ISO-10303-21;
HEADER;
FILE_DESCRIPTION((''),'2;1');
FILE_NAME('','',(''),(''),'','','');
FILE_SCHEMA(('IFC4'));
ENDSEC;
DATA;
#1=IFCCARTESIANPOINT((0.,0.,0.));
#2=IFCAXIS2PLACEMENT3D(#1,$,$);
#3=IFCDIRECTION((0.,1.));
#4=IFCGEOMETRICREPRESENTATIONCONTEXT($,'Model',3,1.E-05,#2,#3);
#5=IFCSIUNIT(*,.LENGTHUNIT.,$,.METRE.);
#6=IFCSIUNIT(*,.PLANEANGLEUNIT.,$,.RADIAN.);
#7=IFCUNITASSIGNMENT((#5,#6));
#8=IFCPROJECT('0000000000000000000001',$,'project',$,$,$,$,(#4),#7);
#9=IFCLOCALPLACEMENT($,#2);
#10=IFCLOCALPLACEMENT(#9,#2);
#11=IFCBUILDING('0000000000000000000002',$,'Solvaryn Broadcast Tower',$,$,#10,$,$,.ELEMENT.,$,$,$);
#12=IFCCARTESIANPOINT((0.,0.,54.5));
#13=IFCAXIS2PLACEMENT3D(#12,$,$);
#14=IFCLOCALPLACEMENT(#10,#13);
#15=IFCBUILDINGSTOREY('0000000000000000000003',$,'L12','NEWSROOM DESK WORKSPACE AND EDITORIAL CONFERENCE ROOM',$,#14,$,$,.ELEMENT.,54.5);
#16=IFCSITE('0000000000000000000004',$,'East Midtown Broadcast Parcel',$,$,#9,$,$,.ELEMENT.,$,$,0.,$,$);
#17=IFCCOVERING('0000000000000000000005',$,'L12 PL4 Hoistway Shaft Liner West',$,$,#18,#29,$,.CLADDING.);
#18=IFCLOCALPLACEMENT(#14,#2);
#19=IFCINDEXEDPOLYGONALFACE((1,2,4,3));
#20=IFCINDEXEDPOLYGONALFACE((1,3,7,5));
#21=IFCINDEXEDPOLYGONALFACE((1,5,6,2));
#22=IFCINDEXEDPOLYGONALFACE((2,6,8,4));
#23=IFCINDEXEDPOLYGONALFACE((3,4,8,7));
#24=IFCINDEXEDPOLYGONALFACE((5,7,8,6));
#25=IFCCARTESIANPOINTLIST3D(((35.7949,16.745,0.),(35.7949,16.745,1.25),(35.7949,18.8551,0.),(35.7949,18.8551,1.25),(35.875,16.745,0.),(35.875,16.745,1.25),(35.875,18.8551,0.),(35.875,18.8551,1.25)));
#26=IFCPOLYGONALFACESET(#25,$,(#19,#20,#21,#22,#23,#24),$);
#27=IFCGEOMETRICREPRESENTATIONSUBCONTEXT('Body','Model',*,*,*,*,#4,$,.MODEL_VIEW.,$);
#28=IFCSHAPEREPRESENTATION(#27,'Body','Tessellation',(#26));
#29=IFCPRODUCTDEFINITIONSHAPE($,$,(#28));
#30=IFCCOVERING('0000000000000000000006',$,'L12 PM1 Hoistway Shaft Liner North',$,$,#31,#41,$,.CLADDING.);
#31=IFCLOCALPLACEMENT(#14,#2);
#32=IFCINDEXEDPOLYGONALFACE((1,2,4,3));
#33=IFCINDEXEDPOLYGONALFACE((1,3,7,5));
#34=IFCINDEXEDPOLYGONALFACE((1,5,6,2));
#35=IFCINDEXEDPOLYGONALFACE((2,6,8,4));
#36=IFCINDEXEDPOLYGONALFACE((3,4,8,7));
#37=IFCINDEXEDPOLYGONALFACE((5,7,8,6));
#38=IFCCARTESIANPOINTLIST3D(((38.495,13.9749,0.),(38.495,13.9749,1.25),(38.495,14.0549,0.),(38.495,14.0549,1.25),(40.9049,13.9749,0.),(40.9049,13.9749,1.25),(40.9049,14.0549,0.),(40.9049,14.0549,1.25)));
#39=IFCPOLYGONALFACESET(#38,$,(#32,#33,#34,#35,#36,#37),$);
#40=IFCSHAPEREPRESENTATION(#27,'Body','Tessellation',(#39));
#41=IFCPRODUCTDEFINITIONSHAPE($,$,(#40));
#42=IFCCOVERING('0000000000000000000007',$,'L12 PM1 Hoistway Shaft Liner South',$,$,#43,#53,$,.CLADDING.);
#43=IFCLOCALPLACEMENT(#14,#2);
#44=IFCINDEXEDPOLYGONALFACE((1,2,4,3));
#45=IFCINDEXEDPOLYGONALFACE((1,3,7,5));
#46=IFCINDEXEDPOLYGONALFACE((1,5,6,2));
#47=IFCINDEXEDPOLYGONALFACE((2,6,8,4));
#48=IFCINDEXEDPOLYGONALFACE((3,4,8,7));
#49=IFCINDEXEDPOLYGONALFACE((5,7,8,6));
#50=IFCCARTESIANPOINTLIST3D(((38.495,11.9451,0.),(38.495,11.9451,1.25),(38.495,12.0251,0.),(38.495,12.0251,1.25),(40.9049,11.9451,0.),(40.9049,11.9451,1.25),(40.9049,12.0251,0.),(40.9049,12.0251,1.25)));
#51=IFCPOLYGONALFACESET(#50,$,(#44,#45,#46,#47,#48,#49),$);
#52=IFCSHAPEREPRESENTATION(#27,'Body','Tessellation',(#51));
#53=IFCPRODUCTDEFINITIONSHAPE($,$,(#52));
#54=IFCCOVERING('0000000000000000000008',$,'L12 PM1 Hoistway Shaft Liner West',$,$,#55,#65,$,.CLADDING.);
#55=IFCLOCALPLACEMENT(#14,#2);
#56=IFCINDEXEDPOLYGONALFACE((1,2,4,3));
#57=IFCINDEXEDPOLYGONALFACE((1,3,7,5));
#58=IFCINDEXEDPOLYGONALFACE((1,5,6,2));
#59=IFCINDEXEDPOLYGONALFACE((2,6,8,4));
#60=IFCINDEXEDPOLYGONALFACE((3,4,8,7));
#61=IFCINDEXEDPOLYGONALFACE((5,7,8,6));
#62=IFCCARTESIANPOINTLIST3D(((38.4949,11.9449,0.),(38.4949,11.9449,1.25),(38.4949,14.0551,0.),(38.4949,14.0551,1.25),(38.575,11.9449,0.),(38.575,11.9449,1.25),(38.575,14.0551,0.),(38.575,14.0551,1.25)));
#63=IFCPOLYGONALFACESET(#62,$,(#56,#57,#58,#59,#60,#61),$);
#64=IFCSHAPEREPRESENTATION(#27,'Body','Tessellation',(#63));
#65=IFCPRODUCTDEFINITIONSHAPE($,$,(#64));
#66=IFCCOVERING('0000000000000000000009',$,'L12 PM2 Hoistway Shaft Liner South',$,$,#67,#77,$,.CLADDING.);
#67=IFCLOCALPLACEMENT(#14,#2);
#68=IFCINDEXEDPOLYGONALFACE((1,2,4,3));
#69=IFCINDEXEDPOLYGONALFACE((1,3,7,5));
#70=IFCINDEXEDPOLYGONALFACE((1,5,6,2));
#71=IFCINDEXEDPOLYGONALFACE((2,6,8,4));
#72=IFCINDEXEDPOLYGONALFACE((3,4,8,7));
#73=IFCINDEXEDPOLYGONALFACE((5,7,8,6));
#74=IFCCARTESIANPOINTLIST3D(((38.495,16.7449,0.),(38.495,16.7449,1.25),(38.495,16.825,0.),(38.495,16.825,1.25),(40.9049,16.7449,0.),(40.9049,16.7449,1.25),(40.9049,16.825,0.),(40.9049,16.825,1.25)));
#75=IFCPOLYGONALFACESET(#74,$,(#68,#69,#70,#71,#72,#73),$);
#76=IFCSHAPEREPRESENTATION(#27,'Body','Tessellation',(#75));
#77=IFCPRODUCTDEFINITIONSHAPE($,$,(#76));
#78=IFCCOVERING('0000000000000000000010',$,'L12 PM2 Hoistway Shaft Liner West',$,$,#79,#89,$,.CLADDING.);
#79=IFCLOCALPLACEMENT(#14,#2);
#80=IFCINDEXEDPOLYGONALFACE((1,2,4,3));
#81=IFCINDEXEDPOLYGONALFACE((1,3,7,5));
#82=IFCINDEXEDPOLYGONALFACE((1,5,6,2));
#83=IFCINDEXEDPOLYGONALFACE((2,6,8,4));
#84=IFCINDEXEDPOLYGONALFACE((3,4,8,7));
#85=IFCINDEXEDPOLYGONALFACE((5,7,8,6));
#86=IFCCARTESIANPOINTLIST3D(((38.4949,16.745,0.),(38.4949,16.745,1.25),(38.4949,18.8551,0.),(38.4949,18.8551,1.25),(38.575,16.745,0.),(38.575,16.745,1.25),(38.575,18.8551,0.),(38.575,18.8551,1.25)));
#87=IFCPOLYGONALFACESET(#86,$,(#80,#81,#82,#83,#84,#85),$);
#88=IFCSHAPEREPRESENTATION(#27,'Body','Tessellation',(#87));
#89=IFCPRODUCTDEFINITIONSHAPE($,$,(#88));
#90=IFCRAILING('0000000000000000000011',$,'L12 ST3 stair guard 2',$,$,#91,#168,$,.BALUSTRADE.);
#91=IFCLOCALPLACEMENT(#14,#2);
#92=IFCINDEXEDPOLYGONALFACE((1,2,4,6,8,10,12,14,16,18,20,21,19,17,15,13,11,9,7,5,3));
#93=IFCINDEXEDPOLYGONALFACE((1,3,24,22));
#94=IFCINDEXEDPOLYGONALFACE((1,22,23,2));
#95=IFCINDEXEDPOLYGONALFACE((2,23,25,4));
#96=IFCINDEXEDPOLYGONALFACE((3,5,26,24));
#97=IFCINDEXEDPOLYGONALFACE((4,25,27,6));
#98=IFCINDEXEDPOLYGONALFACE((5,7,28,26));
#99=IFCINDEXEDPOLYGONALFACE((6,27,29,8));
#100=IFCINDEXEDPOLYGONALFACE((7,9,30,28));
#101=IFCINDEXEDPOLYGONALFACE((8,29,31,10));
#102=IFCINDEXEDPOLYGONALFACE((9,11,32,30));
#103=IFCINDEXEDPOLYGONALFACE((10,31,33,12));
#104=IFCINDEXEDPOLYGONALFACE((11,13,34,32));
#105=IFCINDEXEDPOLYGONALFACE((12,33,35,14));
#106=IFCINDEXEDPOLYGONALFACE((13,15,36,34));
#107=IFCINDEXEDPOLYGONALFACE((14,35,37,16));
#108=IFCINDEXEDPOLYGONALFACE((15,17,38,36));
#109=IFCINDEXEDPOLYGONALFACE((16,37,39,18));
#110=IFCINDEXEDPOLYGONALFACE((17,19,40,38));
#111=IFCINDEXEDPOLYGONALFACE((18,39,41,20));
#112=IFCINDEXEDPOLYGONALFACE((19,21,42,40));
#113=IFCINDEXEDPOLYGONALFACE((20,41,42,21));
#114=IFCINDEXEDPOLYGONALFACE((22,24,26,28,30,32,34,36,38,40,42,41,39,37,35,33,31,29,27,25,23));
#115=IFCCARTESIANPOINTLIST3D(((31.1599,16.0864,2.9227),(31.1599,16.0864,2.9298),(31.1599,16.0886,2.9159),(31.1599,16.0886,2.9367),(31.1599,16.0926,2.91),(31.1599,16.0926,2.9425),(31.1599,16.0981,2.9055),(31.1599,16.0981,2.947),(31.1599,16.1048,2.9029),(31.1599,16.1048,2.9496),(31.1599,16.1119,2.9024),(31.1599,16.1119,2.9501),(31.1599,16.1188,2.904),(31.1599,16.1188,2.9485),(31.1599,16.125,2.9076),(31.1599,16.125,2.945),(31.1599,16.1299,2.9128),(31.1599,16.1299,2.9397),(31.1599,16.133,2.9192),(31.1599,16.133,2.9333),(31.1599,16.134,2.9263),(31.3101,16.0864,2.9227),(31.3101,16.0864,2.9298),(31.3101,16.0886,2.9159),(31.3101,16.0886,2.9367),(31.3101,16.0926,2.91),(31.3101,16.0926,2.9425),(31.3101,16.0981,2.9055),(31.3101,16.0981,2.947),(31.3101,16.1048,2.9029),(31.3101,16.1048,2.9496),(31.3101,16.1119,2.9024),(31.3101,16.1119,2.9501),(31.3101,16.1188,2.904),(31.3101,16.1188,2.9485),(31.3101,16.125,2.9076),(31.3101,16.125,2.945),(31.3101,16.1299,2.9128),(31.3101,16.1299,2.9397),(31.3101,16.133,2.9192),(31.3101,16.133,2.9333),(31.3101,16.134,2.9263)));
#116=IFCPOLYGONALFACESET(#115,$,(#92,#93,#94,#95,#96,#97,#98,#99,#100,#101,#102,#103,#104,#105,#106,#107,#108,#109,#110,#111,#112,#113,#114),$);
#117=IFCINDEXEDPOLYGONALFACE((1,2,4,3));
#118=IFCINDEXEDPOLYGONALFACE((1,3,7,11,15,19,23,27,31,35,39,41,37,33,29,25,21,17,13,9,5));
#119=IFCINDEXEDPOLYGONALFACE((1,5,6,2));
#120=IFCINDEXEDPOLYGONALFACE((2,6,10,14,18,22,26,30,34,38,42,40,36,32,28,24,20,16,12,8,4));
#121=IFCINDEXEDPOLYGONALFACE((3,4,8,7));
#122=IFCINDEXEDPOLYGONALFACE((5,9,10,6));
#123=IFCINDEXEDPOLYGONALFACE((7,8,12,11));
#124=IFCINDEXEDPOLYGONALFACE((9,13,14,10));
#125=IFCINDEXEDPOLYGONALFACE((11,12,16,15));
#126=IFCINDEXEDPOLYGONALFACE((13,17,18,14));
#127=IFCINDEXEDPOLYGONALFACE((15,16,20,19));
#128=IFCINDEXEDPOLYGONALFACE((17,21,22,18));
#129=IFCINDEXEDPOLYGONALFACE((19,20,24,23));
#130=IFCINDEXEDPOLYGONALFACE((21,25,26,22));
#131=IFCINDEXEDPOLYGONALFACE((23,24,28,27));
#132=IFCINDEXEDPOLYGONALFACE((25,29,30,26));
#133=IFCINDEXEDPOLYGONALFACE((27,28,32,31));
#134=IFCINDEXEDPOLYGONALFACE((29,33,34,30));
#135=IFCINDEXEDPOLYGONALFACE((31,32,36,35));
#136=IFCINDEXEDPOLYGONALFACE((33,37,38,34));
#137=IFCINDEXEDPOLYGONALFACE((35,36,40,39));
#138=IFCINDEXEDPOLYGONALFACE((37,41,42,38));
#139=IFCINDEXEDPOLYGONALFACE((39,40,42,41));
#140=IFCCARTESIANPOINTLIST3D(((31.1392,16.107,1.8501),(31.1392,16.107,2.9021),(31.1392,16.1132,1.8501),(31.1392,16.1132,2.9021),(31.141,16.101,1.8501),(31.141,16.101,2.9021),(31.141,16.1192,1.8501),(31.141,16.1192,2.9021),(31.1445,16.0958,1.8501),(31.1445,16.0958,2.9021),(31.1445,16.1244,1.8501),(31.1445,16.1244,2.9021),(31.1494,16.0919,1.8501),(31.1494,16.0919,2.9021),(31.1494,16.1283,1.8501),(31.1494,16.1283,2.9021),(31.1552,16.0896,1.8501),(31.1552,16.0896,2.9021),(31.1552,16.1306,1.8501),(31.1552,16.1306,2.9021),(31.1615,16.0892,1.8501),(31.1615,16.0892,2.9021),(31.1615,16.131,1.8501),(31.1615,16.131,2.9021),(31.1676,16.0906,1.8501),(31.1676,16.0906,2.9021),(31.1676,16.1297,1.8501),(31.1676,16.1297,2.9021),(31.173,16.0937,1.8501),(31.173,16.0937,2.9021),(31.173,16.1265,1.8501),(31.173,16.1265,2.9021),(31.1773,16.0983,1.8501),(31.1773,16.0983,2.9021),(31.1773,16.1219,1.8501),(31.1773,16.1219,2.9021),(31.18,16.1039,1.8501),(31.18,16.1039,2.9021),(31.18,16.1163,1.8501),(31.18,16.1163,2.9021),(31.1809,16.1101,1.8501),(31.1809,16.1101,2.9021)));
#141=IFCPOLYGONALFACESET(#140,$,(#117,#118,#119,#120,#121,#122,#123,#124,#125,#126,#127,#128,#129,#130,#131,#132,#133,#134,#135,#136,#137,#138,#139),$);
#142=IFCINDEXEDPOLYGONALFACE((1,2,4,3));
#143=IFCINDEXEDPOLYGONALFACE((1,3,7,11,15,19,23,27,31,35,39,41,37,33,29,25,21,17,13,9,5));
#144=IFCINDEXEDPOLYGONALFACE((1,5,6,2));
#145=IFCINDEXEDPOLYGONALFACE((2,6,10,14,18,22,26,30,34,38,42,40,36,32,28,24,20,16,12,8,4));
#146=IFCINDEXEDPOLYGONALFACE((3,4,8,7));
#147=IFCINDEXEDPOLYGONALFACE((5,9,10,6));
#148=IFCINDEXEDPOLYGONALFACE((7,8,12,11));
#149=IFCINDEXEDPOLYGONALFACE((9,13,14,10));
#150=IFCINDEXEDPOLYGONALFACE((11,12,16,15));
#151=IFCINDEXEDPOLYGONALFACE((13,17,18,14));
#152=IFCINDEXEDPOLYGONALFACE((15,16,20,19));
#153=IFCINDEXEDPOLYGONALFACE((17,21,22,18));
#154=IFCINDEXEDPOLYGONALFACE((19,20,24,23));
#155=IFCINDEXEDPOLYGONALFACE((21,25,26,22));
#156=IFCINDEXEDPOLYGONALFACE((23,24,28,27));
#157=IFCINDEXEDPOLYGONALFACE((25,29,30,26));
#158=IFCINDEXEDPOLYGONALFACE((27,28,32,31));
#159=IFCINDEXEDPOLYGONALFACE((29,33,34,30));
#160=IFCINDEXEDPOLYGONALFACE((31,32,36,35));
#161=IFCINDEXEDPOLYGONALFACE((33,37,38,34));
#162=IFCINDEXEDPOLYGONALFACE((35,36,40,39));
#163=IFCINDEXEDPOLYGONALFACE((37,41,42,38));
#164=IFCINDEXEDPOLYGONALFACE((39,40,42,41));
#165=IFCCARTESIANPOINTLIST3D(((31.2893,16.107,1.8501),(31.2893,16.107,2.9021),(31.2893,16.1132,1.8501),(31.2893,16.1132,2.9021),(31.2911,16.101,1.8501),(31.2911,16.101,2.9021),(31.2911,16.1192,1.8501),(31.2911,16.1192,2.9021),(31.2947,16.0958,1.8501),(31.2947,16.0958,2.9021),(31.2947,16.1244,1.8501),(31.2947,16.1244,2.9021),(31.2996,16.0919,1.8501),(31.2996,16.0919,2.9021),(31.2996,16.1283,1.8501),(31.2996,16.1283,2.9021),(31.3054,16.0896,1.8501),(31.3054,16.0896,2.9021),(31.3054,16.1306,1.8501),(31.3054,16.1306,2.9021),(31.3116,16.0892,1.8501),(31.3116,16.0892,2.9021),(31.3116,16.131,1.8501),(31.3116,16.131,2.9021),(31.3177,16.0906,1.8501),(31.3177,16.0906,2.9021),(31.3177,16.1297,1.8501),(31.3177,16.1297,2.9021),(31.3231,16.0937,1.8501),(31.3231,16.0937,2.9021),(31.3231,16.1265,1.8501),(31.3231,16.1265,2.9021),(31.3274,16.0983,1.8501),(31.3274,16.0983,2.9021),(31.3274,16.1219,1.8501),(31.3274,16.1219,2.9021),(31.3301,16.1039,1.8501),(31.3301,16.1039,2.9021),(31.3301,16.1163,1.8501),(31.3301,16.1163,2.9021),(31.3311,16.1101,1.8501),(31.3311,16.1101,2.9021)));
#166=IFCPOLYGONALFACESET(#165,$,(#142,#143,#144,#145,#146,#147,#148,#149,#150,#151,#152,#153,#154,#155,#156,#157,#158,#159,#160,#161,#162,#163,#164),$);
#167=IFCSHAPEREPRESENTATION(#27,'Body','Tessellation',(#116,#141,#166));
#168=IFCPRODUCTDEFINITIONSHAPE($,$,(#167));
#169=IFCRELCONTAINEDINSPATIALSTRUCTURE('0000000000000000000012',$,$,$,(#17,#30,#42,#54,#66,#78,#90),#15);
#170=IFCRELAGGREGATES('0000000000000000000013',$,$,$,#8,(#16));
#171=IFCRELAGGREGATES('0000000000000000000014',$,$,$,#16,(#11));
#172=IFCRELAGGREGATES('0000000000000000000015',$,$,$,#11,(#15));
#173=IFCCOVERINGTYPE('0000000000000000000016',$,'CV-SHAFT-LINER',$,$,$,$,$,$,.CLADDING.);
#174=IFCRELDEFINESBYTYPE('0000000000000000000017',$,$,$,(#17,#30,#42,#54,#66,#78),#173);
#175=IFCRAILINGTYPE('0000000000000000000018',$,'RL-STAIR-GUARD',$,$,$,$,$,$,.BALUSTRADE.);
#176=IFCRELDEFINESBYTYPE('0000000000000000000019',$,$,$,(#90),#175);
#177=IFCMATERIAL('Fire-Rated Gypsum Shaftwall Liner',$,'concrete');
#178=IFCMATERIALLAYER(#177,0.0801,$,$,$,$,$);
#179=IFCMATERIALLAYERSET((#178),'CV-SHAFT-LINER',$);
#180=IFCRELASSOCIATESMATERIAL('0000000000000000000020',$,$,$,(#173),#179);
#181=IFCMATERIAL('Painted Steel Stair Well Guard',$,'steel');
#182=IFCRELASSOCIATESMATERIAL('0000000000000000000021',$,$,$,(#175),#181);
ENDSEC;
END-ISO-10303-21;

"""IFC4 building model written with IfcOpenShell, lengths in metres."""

from ifc_helpers import new_model, si_unit, direction, frame, origin, origin_2d, place, context, subcontext, project, spatial, rectangle, circle, extrude, material, layer, layer_set, type_object, element, save


model = new_model("IFC4")

# Units and contexts
model_context = context("Model", 3, precision=1e-05, world=origin(), true_north=direction((0.0, 1.0)))
body_context = subcontext(model_context, "Body", "Model", "MODEL_VIEW")
ifc_project = project(units=[si_unit("LENGTHUNIT", "METRE"), si_unit("PLANEANGLEUNIT", "RADIAN")], contexts=[model_context])

# Site, building, storey
site_placement = place(None, origin())
site = spatial("IfcSite", under=ifc_project, at=site_placement, Name="East Midtown Broadcast Parcel", CompositionType="ELEMENT", RefElevation=0.0)
building_placement = place(site_placement, origin())
building = spatial("IfcBuilding", under=site, at=building_placement, Name="Solvaryn Broadcast Tower", CompositionType="ELEMENT")
storey_placement = place(building_placement, frame((0.0, 0.0, 54.5)))
storey = spatial("IfcBuildingStorey", under=building, at=storey_placement, Name="L12", Description="NEWSROOM DESK WORKSPACE AND EDITORIAL CONFERENCE ROOM", CompositionType="ELEMENT", Elevation=54.5)

# Coverings
ifc_material_1 = material(Name="Fire-Rated Gypsum Shaftwall Liner", Category="concrete")
ifc_layer_1 = layer(ifc_material_1, 0.0801)
ifc_layer_set_1 = layer_set([ifc_layer_1], Name="CV-SHAFT-LINER")
covering_type = type_object("IfcCoveringType", Name="CV-SHAFT-LINER", PredefinedType="CLADDING", material=ifc_layer_set_1)
for number, where, z_axis, x_axis, name in (
    (1, (35.835, 17.8, 0.0), (0.0, 0.0, 1.0), (1.0, 0.0, 0.0), "L12 PL4 Hoistway Shaft Liner West"),
):
    element("IfcCovering", number, at=place(storey_placement, frame(where, z_axis=z_axis, x_axis=x_axis)), inside=storey, type_object=covering_type, Name=name, PredefinedType="CLADDING", context=body_context, shape_type="SweptSolid", body=[
        extrude(rectangle(XDim=0.0801, YDim=2.1101, at=origin_2d()), origin(), (0.0, 0.0, 1.0), 1.25),
    ])
for number, where, z_axis, x_axis, name in (
    (2, (39.7, 14.0149, 0.0), (0.0, 0.0, 1.0), (1.0, 0.0, 0.0), "L12 PM1 Hoistway Shaft Liner North"),
    (3, (39.7, 11.9851, 0.0), (0.0, 0.0, 1.0), (1.0, 0.0, 0.0), "L12 PM1 Hoistway Shaft Liner South"),
):
    element("IfcCovering", number, at=place(storey_placement, frame(where, z_axis=z_axis, x_axis=x_axis)), inside=storey, type_object=covering_type, Name=name, PredefinedType="CLADDING", context=body_context, shape_type="SweptSolid", body=[
        extrude(rectangle(XDim=2.4099, YDim=0.0801, at=origin_2d()), origin(), (0.0, 0.0, 1.0), 1.25),
    ])
covering_1_placement = place(storey_placement, frame((38.5349, 13.0, 0.0), z_axis=(0.0, 0.0, 1.0), x_axis=(1.0, 0.0, 0.0)))
element("IfcCovering", 4, at=covering_1_placement, inside=storey, type_object=covering_type, Name="L12 PM1 Hoistway Shaft Liner West", PredefinedType="CLADDING", context=body_context, shape_type="SweptSolid", body=[
    extrude(rectangle(XDim=0.0801, YDim=2.1101, at=origin_2d()), origin(), (0.0, 0.0, 1.0), 1.25),
])
covering_2_placement = place(storey_placement, frame((39.7, 16.7849, 0.0), z_axis=(0.0, 0.0, 1.0), x_axis=(1.0, 0.0, 0.0)))
element("IfcCovering", 5, at=covering_2_placement, inside=storey, type_object=covering_type, Name="L12 PM2 Hoistway Shaft Liner South", PredefinedType="CLADDING", context=body_context, shape_type="SweptSolid", body=[
    extrude(rectangle(XDim=2.4099, YDim=0.0801, at=origin_2d()), origin(), (0.0, 0.0, 1.0), 1.25),
])
covering_3_placement = place(storey_placement, frame((38.5349, 17.8, 0.0), z_axis=(0.0, 0.0, 1.0), x_axis=(1.0, 0.0, 0.0)))
element("IfcCovering", 6, at=covering_3_placement, inside=storey, type_object=covering_type, Name="L12 PM2 Hoistway Shaft Liner West", PredefinedType="CLADDING", context=body_context, shape_type="SweptSolid", body=[
    extrude(rectangle(XDim=0.0801, YDim=2.1101, at=origin_2d()), origin(), (0.0, 0.0, 1.0), 1.25),
])

# Railing
ifc_material_2 = material(Name="Painted Steel Stair Well Guard", Category="steel")
railing_type_1 = type_object("IfcRailingType", Name="RL-STAIR-GUARD", PredefinedType="BALUSTRADE", material=ifc_material_2)
railing_1_placement = place(storey_placement, frame((31.1599, 16.1101, 1.8501)))
element("IfcRailing", 7, at=railing_1_placement, inside=storey, type_object=railing_type_1, Name="L12 ST3 stair guard 2", PredefinedType="BALUSTRADE", context=body_context, shape_type="SweptSolid", body=[
    extrude(circle(Radius=0.0239, at=origin_2d()), frame((0.0, 0.0, 1.0762), z_axis=(1.0, 0.0, 0.0), x_axis=(0.0, 1.0, 0.0)), (0.0, 0.0, 1.0), 0.1501),
    extrude(circle(Radius=0.021, at=origin_2d()), origin(), (0.0, 0.0, 1.0), 1.052),
    extrude(circle(Radius=0.021, at=origin_2d()), frame((0.1501, 0.0, 0.0)), (0.0, 0.0, 1.0), 1.052),
])

save(model, "model.ifc")
